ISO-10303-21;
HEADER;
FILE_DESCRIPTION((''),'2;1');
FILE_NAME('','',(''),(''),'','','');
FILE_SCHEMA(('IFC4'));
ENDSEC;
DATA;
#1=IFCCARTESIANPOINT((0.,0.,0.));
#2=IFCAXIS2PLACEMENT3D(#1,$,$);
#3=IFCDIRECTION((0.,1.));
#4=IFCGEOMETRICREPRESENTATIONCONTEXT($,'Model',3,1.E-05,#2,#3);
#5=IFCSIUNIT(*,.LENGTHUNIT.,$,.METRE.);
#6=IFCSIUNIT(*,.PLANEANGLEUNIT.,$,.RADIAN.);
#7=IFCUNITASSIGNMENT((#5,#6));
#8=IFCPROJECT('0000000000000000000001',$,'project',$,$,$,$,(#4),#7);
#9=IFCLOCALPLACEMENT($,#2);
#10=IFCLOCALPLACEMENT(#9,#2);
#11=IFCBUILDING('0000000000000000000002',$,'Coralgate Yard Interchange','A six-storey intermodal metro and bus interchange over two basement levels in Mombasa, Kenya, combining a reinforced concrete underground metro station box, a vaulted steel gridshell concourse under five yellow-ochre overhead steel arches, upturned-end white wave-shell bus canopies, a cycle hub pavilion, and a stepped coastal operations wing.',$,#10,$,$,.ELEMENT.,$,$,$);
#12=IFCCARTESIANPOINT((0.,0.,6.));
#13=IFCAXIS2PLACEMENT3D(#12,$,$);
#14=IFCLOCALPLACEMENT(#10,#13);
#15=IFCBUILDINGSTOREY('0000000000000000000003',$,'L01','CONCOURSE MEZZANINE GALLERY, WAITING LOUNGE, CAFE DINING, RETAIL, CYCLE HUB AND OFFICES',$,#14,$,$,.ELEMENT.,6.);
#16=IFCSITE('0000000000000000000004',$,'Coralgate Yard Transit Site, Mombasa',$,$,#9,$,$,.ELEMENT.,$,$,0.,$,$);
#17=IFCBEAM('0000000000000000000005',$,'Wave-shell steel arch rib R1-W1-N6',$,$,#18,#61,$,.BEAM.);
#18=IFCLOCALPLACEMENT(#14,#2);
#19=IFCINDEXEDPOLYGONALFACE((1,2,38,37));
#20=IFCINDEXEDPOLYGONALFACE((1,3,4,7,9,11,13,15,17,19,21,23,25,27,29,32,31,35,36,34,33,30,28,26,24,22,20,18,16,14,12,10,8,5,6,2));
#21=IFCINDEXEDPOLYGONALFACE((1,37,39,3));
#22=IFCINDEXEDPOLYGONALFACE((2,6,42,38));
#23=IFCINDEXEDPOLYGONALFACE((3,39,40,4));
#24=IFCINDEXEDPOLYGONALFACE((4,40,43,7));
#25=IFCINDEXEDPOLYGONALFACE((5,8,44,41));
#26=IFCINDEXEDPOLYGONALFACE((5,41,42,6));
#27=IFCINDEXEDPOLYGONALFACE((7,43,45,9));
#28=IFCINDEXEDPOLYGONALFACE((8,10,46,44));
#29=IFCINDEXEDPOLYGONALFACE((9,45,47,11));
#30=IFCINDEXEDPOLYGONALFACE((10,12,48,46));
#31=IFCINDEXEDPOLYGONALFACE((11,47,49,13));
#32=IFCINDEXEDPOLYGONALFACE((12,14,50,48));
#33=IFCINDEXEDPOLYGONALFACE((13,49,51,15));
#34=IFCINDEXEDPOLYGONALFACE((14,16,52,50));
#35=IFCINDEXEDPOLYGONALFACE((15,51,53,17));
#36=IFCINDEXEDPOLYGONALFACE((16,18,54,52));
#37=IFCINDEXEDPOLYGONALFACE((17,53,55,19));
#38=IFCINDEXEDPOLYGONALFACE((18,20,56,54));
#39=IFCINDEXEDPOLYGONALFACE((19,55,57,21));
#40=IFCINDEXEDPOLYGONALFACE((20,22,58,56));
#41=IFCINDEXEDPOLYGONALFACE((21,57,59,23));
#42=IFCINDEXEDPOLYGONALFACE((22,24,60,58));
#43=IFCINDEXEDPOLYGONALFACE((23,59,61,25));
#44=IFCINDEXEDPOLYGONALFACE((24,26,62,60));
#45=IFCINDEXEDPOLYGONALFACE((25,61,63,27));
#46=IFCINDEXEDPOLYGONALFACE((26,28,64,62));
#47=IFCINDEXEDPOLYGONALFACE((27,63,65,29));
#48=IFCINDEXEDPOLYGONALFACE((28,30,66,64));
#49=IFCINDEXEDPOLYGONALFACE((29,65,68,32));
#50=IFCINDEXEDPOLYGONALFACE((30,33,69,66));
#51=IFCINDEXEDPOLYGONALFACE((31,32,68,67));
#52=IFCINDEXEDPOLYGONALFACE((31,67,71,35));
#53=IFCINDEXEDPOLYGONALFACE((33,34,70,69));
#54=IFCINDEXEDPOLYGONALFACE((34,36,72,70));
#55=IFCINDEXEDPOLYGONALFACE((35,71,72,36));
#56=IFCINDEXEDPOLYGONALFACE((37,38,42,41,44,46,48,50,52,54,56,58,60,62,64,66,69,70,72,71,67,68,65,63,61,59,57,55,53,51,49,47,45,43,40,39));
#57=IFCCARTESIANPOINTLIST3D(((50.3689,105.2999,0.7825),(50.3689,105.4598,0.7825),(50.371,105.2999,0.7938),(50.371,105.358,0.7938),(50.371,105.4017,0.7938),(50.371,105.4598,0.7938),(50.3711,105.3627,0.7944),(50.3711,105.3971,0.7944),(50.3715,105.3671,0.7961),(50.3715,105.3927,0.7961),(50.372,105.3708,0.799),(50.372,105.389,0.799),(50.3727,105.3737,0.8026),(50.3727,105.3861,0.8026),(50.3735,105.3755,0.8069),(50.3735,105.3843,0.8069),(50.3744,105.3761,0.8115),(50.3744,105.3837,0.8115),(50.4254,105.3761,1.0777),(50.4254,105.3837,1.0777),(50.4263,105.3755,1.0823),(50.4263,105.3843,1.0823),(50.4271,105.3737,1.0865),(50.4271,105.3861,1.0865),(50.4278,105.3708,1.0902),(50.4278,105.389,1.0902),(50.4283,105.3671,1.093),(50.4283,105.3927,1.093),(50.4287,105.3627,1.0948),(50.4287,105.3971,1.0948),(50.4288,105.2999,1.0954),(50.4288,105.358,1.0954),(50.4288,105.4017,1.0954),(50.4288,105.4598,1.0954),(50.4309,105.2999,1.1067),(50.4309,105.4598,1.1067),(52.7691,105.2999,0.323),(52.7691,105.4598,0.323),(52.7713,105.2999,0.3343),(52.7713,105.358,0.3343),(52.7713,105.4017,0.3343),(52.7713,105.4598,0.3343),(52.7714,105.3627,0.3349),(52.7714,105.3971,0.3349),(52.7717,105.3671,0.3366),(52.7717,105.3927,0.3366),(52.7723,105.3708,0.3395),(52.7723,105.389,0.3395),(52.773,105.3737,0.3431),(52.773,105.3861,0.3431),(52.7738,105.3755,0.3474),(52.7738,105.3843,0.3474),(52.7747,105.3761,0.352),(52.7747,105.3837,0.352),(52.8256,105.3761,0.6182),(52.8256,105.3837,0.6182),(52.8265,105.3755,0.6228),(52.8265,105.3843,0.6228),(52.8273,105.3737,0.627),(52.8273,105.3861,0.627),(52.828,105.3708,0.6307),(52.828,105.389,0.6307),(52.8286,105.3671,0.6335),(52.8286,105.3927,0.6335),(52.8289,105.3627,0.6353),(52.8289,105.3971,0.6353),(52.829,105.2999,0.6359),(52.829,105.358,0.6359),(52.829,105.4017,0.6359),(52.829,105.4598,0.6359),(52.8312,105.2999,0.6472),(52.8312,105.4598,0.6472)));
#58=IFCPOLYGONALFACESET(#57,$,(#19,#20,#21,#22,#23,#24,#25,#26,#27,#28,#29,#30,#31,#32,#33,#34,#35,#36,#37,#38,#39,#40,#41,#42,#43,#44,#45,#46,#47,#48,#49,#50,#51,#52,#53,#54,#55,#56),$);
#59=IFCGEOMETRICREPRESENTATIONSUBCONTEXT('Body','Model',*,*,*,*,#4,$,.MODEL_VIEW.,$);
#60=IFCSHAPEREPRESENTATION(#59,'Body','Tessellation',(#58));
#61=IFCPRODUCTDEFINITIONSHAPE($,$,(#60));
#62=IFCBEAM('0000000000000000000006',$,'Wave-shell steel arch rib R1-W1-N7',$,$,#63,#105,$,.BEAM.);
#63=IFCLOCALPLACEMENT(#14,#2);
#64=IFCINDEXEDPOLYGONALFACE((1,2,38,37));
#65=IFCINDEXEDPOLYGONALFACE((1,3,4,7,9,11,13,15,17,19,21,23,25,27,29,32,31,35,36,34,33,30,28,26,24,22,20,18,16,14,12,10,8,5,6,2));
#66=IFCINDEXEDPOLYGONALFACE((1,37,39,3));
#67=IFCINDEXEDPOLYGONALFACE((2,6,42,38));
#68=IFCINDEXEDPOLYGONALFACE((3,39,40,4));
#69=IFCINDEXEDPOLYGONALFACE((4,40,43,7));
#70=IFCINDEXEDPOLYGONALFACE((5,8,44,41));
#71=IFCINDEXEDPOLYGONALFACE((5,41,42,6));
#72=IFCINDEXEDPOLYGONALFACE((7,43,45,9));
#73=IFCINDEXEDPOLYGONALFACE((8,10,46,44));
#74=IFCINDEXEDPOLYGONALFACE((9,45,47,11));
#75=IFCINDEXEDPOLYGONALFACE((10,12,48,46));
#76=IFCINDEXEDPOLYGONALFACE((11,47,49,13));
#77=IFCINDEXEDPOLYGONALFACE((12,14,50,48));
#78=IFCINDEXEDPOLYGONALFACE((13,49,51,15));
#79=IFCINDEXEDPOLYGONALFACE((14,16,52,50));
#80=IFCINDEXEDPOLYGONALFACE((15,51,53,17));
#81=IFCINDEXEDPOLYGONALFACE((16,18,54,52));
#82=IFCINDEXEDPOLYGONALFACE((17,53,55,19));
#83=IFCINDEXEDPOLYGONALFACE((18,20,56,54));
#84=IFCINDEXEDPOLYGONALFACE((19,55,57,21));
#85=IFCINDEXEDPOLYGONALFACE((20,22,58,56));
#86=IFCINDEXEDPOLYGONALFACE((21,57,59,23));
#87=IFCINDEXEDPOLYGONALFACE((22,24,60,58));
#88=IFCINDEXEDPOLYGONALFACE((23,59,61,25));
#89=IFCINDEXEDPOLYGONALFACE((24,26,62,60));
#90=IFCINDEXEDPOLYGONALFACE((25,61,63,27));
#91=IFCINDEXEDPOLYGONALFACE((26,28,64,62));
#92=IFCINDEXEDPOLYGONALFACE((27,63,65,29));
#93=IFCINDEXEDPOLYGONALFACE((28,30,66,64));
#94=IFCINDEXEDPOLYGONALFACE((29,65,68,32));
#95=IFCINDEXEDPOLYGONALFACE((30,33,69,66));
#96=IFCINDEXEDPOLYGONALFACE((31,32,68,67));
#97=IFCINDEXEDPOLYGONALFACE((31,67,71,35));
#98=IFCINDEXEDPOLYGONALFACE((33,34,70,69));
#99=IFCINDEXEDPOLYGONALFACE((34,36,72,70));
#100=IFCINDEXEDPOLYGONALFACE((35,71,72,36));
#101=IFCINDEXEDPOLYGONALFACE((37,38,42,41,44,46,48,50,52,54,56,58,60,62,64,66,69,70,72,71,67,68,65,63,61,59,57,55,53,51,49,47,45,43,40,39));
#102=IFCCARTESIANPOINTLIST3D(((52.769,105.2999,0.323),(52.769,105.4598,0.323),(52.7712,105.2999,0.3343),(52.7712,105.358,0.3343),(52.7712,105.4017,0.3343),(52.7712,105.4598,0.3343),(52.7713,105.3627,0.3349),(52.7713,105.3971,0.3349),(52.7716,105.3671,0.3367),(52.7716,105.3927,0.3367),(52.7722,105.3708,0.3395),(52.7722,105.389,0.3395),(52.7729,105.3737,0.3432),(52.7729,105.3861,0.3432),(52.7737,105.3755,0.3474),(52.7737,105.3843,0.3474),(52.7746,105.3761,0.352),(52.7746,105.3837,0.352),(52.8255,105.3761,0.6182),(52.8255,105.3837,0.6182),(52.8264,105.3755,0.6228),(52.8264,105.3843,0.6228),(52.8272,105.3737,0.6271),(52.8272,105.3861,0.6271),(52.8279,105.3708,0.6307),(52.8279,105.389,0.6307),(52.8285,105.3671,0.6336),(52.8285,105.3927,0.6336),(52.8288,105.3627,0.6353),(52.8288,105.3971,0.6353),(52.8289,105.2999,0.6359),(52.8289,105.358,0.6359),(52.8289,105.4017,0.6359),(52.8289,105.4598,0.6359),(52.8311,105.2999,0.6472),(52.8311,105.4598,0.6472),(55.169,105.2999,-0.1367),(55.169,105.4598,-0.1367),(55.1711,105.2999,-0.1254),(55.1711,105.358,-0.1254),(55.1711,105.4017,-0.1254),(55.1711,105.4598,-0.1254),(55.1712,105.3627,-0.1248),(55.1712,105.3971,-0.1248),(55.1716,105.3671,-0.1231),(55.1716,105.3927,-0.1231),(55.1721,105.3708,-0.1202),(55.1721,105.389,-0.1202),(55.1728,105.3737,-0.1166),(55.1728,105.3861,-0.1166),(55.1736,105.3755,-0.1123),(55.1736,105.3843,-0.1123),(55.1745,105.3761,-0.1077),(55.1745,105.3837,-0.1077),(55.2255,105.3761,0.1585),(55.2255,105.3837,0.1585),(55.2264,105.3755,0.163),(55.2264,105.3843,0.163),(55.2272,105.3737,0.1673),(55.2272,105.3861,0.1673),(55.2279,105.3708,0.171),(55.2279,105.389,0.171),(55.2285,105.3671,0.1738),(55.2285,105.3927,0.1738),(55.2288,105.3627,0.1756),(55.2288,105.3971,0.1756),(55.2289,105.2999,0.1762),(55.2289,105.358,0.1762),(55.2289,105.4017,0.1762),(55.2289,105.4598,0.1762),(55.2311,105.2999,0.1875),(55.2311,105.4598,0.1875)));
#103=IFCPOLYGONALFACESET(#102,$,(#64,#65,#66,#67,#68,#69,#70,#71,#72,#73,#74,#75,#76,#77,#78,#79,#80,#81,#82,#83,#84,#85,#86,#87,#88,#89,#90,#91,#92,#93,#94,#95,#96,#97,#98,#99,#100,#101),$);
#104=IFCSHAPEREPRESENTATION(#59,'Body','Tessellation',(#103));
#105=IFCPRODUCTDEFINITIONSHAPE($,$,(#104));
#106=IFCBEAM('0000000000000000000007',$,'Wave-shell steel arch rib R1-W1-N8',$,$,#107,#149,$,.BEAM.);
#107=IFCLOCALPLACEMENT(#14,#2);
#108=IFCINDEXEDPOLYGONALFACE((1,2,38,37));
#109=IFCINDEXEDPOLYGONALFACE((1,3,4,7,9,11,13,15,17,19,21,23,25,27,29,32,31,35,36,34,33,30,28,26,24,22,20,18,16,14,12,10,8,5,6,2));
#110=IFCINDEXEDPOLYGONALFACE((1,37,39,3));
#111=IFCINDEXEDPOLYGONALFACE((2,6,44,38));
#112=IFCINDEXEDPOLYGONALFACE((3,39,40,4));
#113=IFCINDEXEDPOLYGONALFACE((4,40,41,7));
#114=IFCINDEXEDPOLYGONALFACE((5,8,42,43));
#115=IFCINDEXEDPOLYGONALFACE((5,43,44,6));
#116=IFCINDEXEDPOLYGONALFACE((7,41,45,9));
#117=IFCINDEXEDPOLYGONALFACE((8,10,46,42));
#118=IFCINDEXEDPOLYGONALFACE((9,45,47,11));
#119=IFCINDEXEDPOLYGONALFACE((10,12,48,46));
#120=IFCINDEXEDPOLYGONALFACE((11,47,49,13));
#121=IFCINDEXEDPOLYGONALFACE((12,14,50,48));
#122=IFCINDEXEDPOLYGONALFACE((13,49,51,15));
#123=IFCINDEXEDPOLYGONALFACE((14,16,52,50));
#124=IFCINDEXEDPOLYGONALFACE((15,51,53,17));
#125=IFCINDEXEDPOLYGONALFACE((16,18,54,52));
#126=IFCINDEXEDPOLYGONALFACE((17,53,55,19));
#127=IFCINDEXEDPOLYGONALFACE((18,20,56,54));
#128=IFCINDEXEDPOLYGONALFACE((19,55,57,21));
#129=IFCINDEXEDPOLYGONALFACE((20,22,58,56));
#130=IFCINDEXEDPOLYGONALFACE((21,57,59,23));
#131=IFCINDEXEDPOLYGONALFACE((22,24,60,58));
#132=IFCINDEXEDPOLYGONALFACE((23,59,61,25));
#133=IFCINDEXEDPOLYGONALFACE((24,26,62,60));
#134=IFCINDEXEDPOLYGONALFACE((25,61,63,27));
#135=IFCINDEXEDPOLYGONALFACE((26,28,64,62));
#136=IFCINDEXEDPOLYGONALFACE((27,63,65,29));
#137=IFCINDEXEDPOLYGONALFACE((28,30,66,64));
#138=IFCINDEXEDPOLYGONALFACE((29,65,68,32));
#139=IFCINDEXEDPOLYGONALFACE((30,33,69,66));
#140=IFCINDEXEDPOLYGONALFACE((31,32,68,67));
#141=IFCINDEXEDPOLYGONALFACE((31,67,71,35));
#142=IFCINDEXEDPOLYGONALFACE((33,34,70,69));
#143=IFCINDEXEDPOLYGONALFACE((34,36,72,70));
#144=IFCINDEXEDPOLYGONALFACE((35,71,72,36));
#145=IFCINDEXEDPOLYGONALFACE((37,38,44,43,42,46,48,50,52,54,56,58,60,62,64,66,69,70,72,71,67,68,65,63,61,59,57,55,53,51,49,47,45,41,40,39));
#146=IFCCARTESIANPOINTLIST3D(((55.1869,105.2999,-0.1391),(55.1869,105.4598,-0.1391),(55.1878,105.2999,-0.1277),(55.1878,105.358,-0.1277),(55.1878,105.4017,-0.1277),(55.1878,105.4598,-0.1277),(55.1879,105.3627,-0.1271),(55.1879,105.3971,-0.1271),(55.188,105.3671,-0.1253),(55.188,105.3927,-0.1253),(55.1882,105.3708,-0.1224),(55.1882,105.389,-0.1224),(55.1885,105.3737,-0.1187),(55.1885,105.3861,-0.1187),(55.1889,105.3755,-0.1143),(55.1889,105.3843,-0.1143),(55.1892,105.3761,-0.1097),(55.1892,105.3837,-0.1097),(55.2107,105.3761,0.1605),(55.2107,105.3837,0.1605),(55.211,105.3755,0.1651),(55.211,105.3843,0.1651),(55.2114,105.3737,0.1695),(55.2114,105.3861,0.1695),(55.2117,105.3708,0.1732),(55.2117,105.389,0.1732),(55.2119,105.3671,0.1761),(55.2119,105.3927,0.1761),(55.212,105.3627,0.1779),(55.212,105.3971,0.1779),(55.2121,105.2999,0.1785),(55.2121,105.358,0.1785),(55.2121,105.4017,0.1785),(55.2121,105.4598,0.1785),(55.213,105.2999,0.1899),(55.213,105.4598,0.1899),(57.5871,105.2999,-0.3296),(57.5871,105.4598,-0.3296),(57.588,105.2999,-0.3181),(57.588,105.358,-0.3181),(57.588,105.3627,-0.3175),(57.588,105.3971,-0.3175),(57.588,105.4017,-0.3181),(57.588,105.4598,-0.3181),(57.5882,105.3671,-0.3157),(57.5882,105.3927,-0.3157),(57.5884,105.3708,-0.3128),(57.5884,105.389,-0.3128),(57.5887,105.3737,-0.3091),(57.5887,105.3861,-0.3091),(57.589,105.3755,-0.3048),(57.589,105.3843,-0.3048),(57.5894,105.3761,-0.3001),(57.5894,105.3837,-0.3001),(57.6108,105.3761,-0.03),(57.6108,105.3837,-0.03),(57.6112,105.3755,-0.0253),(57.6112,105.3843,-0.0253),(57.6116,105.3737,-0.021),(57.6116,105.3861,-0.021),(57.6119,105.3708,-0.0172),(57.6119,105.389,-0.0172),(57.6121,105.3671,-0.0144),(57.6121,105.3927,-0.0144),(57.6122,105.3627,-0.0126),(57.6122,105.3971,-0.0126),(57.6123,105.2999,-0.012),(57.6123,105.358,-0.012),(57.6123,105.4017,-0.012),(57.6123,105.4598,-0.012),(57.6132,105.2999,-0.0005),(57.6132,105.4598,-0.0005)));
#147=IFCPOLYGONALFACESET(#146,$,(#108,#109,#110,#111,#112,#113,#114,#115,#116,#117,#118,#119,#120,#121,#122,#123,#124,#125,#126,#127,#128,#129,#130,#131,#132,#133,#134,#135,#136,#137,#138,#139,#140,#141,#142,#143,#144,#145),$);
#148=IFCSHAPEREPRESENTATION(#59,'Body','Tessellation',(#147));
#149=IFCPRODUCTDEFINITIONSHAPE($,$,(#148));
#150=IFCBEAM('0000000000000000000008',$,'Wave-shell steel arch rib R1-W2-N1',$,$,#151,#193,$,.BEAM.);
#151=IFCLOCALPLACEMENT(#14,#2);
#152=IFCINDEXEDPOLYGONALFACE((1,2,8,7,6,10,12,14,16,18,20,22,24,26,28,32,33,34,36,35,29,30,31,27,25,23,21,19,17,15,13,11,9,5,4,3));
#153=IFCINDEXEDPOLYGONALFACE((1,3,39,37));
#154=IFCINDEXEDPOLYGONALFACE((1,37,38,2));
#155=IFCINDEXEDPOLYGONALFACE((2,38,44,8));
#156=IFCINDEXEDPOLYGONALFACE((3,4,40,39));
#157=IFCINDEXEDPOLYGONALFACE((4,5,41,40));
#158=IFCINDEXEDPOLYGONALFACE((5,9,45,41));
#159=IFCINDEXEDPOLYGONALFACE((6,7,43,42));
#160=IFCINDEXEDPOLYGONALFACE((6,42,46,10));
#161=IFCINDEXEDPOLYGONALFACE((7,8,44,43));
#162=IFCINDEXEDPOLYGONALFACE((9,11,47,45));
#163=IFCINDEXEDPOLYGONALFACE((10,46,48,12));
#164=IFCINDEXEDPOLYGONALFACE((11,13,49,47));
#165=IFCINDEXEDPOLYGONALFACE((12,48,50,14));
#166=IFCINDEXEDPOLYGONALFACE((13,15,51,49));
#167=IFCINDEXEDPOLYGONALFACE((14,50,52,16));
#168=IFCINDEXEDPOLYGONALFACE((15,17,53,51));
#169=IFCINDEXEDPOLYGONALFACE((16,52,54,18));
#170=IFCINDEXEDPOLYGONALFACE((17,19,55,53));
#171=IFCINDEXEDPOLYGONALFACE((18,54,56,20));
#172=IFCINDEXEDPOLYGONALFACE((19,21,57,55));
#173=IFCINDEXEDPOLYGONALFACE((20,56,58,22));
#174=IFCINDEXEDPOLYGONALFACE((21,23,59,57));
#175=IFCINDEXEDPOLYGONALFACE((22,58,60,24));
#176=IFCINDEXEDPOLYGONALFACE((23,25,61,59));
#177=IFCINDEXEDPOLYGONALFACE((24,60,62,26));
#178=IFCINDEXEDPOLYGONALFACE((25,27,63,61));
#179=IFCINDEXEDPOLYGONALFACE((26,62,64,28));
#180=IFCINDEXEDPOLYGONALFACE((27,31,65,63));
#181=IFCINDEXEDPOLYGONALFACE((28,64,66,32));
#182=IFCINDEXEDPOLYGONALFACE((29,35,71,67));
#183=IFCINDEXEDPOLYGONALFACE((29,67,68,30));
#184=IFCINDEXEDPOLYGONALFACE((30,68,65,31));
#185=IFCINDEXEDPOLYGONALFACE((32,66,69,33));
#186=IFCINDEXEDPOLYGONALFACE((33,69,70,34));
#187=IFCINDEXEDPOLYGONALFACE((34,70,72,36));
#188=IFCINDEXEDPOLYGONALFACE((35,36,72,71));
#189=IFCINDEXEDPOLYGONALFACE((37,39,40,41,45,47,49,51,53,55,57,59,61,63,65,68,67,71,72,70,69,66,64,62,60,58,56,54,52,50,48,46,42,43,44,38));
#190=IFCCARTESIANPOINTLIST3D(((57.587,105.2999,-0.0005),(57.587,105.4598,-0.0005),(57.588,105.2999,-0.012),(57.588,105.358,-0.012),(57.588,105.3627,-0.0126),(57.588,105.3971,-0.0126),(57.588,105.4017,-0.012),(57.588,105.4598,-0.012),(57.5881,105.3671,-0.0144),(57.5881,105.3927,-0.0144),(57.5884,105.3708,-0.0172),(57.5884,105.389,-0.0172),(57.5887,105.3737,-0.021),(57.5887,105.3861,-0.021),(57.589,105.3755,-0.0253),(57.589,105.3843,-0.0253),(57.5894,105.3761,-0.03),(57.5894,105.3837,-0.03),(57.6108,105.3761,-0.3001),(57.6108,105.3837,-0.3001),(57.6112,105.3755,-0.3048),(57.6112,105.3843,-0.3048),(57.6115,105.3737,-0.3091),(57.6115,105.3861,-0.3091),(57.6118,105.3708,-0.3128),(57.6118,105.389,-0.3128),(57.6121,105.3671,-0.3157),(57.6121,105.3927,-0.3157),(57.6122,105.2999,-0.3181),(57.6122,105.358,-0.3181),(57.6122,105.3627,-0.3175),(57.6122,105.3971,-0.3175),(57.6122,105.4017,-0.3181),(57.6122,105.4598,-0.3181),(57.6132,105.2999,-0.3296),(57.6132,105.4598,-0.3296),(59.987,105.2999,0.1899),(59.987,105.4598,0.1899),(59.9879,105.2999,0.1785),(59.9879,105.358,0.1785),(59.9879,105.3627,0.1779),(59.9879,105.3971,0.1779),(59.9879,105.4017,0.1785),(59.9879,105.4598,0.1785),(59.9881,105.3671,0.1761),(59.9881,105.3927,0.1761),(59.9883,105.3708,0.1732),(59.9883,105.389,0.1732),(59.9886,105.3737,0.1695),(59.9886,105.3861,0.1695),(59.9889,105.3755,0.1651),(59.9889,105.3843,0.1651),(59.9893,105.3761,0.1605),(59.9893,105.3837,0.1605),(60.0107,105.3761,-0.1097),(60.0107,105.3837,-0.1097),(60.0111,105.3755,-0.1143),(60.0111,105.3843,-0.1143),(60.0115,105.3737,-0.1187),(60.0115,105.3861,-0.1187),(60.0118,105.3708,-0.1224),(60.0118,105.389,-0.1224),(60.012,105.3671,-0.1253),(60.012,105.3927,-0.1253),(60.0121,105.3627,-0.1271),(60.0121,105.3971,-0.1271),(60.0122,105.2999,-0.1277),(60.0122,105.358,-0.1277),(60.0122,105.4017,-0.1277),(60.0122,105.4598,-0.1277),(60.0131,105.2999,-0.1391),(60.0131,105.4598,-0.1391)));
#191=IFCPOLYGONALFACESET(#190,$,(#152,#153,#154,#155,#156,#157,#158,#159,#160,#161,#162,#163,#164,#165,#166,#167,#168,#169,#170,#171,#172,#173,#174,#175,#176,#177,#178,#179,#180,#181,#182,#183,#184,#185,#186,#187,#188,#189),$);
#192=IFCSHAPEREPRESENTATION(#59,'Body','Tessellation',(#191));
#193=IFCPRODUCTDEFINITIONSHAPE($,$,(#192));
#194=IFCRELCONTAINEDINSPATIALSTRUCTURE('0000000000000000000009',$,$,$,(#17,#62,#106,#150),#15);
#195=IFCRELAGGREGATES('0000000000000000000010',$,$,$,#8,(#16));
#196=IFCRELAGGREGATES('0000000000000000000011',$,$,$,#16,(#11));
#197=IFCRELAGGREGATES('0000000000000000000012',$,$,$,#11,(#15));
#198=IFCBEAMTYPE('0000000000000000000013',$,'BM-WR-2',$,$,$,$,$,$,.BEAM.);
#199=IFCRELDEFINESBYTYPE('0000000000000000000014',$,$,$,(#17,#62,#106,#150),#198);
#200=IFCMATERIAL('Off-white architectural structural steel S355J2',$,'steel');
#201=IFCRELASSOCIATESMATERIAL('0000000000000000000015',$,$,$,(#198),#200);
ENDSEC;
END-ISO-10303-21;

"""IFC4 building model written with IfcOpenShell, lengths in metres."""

from ifc_helpers import new_model, si_unit, direction, frame, origin, origin_2d, place, context, subcontext, project, spatial, i_section, extrude, material, material_profile, profile_set, type_object, element, save


model = new_model("IFC4")

# Units and contexts
model_context = context("Model", 3, precision=1e-05, world=origin(), true_north=direction((0.0, 1.0)))
body_context = subcontext(model_context, "Body", "Model", "MODEL_VIEW")
ifc_project = project(units=[si_unit("LENGTHUNIT", "METRE"), si_unit("PLANEANGLEUNIT", "RADIAN")], contexts=[model_context])

# Site, building, storey
site_placement = place(None, origin())
site = spatial("IfcSite", under=ifc_project, at=site_placement, Name="Coralgate Yard Transit Site, Mombasa", CompositionType="ELEMENT", RefElevation=0.0)
building_placement = place(site_placement, origin())
building = spatial("IfcBuilding", under=site, at=building_placement, Name="Coralgate Yard Interchange", Description="A six-storey intermodal metro and bus interchange over two basement levels in Mombasa, Kenya, combining a reinforced concrete underground metro station box, a vaulted steel gridshell concourse under five yellow-ochre overhead steel arches, upturned-end white wave-shell bus canopies, a cycle hub pavilion, and a stepped coastal operations wing.", CompositionType="ELEMENT")
storey_placement = place(building_placement, frame((0.0, 0.0, 6.0)))
storey = spatial("IfcBuildingStorey", under=building, at=storey_placement, Name="L01", Description="CONCOURSE MEZZANINE GALLERY, WAITING LOUNGE, CAFE DINING, RETAIL, CYCLE HUB AND OFFICES", CompositionType="ELEMENT", Elevation=6.0)

# Beams
ifc_material_1 = material(Name="Off-white architectural structural steel S355J2", Category="steel")
ifc_material_profile_1 = material_profile(ifc_material_1, i_section(OverallWidth=0.1599, OverallDepth=0.3301, WebThickness=0.0076, FlangeThickness=0.0115, FilletRadius=0.0181, at=origin_2d()), Name="IPE 330")
ifc_profile_set_1 = profile_set([ifc_material_profile_1], Name="Off-white architectural structural steel S355J2")
beam_type_1 = type_object("IfcBeamType", Name="BM-WR-2", PredefinedType="BEAM", material=ifc_profile_set_1)
beam_1_placement = place(storey_placement, frame((50.3999, 105.3799, 0.9446), z_axis=(0.982165, 0.0, -0.188021), x_axis=(0.0, 1.0, 0.0)))
element("IfcBeam", 1, at=beam_1_placement, inside=storey, type_object=beam_type_1, Name="Wave-shell steel arch rib R1-W1-N6", PredefinedType="BEAM", context=body_context, shape_type="SweptSolid", body=[
    extrude(i_section(OverallWidth=0.1599, OverallDepth=0.3301, WebThickness=0.0076, FlangeThickness=0.0115, FilletRadius=0.0181, at=origin_2d()), origin(), (0.0, 0.0, 1.0), 2.4438),
])
beam_2_placement = place(storey_placement, frame((52.8, 105.3799, 0.4851), z_axis=(0.982143, 0.0, -0.188136), x_axis=(0.0, 1.0, 0.0)))
element("IfcBeam", 2, at=beam_2_placement, inside=storey, type_object=beam_type_1, Name="Wave-shell steel arch rib R1-W1-N7", PredefinedType="BEAM", context=body_context, shape_type="SweptSolid", body=[
    extrude(i_section(OverallWidth=0.1599, OverallDepth=0.3301, WebThickness=0.0076, FlangeThickness=0.0115, FilletRadius=0.0181, at=origin_2d()), origin(), (0.0, 0.0, 1.0), 2.4436),
])
beam_3_placement = place(storey_placement, frame((55.2, 105.3799, 0.0254), z_axis=(0.996867, 0.0, -0.079092), x_axis=(0.0, 1.0, 0.0)))
element("IfcBeam", 3, at=beam_3_placement, inside=storey, type_object=beam_type_1, Name="Wave-shell steel arch rib R1-W1-N8", PredefinedType="BEAM", context=body_context, shape_type="SweptSolid", body=[
    extrude(i_section(OverallWidth=0.1599, OverallDepth=0.3301, WebThickness=0.0076, FlangeThickness=0.0115, FilletRadius=0.0181, at=origin_2d()), origin(), (0.0, 0.0, 1.0), 2.4077),
])
beam_4_placement = place(storey_placement, frame((57.6001, 105.3799, -0.165), z_axis=(0.996867, 0.0, 0.0791), x_axis=(0.0, 1.0, 0.0)))
element("IfcBeam", 4, at=beam_4_placement, inside=storey, type_object=beam_type_1, Name="Wave-shell steel arch rib R1-W2-N1", PredefinedType="BEAM", context=body_context, shape_type="SweptSolid", body=[
    extrude(i_section(OverallWidth=0.1599, OverallDepth=0.3301, WebThickness=0.0076, FlangeThickness=0.0115, FilletRadius=0.0181, at=origin_2d()), origin(), (0.0, 0.0, 1.0), 2.4075),
])

save(model, "model.ifc")
